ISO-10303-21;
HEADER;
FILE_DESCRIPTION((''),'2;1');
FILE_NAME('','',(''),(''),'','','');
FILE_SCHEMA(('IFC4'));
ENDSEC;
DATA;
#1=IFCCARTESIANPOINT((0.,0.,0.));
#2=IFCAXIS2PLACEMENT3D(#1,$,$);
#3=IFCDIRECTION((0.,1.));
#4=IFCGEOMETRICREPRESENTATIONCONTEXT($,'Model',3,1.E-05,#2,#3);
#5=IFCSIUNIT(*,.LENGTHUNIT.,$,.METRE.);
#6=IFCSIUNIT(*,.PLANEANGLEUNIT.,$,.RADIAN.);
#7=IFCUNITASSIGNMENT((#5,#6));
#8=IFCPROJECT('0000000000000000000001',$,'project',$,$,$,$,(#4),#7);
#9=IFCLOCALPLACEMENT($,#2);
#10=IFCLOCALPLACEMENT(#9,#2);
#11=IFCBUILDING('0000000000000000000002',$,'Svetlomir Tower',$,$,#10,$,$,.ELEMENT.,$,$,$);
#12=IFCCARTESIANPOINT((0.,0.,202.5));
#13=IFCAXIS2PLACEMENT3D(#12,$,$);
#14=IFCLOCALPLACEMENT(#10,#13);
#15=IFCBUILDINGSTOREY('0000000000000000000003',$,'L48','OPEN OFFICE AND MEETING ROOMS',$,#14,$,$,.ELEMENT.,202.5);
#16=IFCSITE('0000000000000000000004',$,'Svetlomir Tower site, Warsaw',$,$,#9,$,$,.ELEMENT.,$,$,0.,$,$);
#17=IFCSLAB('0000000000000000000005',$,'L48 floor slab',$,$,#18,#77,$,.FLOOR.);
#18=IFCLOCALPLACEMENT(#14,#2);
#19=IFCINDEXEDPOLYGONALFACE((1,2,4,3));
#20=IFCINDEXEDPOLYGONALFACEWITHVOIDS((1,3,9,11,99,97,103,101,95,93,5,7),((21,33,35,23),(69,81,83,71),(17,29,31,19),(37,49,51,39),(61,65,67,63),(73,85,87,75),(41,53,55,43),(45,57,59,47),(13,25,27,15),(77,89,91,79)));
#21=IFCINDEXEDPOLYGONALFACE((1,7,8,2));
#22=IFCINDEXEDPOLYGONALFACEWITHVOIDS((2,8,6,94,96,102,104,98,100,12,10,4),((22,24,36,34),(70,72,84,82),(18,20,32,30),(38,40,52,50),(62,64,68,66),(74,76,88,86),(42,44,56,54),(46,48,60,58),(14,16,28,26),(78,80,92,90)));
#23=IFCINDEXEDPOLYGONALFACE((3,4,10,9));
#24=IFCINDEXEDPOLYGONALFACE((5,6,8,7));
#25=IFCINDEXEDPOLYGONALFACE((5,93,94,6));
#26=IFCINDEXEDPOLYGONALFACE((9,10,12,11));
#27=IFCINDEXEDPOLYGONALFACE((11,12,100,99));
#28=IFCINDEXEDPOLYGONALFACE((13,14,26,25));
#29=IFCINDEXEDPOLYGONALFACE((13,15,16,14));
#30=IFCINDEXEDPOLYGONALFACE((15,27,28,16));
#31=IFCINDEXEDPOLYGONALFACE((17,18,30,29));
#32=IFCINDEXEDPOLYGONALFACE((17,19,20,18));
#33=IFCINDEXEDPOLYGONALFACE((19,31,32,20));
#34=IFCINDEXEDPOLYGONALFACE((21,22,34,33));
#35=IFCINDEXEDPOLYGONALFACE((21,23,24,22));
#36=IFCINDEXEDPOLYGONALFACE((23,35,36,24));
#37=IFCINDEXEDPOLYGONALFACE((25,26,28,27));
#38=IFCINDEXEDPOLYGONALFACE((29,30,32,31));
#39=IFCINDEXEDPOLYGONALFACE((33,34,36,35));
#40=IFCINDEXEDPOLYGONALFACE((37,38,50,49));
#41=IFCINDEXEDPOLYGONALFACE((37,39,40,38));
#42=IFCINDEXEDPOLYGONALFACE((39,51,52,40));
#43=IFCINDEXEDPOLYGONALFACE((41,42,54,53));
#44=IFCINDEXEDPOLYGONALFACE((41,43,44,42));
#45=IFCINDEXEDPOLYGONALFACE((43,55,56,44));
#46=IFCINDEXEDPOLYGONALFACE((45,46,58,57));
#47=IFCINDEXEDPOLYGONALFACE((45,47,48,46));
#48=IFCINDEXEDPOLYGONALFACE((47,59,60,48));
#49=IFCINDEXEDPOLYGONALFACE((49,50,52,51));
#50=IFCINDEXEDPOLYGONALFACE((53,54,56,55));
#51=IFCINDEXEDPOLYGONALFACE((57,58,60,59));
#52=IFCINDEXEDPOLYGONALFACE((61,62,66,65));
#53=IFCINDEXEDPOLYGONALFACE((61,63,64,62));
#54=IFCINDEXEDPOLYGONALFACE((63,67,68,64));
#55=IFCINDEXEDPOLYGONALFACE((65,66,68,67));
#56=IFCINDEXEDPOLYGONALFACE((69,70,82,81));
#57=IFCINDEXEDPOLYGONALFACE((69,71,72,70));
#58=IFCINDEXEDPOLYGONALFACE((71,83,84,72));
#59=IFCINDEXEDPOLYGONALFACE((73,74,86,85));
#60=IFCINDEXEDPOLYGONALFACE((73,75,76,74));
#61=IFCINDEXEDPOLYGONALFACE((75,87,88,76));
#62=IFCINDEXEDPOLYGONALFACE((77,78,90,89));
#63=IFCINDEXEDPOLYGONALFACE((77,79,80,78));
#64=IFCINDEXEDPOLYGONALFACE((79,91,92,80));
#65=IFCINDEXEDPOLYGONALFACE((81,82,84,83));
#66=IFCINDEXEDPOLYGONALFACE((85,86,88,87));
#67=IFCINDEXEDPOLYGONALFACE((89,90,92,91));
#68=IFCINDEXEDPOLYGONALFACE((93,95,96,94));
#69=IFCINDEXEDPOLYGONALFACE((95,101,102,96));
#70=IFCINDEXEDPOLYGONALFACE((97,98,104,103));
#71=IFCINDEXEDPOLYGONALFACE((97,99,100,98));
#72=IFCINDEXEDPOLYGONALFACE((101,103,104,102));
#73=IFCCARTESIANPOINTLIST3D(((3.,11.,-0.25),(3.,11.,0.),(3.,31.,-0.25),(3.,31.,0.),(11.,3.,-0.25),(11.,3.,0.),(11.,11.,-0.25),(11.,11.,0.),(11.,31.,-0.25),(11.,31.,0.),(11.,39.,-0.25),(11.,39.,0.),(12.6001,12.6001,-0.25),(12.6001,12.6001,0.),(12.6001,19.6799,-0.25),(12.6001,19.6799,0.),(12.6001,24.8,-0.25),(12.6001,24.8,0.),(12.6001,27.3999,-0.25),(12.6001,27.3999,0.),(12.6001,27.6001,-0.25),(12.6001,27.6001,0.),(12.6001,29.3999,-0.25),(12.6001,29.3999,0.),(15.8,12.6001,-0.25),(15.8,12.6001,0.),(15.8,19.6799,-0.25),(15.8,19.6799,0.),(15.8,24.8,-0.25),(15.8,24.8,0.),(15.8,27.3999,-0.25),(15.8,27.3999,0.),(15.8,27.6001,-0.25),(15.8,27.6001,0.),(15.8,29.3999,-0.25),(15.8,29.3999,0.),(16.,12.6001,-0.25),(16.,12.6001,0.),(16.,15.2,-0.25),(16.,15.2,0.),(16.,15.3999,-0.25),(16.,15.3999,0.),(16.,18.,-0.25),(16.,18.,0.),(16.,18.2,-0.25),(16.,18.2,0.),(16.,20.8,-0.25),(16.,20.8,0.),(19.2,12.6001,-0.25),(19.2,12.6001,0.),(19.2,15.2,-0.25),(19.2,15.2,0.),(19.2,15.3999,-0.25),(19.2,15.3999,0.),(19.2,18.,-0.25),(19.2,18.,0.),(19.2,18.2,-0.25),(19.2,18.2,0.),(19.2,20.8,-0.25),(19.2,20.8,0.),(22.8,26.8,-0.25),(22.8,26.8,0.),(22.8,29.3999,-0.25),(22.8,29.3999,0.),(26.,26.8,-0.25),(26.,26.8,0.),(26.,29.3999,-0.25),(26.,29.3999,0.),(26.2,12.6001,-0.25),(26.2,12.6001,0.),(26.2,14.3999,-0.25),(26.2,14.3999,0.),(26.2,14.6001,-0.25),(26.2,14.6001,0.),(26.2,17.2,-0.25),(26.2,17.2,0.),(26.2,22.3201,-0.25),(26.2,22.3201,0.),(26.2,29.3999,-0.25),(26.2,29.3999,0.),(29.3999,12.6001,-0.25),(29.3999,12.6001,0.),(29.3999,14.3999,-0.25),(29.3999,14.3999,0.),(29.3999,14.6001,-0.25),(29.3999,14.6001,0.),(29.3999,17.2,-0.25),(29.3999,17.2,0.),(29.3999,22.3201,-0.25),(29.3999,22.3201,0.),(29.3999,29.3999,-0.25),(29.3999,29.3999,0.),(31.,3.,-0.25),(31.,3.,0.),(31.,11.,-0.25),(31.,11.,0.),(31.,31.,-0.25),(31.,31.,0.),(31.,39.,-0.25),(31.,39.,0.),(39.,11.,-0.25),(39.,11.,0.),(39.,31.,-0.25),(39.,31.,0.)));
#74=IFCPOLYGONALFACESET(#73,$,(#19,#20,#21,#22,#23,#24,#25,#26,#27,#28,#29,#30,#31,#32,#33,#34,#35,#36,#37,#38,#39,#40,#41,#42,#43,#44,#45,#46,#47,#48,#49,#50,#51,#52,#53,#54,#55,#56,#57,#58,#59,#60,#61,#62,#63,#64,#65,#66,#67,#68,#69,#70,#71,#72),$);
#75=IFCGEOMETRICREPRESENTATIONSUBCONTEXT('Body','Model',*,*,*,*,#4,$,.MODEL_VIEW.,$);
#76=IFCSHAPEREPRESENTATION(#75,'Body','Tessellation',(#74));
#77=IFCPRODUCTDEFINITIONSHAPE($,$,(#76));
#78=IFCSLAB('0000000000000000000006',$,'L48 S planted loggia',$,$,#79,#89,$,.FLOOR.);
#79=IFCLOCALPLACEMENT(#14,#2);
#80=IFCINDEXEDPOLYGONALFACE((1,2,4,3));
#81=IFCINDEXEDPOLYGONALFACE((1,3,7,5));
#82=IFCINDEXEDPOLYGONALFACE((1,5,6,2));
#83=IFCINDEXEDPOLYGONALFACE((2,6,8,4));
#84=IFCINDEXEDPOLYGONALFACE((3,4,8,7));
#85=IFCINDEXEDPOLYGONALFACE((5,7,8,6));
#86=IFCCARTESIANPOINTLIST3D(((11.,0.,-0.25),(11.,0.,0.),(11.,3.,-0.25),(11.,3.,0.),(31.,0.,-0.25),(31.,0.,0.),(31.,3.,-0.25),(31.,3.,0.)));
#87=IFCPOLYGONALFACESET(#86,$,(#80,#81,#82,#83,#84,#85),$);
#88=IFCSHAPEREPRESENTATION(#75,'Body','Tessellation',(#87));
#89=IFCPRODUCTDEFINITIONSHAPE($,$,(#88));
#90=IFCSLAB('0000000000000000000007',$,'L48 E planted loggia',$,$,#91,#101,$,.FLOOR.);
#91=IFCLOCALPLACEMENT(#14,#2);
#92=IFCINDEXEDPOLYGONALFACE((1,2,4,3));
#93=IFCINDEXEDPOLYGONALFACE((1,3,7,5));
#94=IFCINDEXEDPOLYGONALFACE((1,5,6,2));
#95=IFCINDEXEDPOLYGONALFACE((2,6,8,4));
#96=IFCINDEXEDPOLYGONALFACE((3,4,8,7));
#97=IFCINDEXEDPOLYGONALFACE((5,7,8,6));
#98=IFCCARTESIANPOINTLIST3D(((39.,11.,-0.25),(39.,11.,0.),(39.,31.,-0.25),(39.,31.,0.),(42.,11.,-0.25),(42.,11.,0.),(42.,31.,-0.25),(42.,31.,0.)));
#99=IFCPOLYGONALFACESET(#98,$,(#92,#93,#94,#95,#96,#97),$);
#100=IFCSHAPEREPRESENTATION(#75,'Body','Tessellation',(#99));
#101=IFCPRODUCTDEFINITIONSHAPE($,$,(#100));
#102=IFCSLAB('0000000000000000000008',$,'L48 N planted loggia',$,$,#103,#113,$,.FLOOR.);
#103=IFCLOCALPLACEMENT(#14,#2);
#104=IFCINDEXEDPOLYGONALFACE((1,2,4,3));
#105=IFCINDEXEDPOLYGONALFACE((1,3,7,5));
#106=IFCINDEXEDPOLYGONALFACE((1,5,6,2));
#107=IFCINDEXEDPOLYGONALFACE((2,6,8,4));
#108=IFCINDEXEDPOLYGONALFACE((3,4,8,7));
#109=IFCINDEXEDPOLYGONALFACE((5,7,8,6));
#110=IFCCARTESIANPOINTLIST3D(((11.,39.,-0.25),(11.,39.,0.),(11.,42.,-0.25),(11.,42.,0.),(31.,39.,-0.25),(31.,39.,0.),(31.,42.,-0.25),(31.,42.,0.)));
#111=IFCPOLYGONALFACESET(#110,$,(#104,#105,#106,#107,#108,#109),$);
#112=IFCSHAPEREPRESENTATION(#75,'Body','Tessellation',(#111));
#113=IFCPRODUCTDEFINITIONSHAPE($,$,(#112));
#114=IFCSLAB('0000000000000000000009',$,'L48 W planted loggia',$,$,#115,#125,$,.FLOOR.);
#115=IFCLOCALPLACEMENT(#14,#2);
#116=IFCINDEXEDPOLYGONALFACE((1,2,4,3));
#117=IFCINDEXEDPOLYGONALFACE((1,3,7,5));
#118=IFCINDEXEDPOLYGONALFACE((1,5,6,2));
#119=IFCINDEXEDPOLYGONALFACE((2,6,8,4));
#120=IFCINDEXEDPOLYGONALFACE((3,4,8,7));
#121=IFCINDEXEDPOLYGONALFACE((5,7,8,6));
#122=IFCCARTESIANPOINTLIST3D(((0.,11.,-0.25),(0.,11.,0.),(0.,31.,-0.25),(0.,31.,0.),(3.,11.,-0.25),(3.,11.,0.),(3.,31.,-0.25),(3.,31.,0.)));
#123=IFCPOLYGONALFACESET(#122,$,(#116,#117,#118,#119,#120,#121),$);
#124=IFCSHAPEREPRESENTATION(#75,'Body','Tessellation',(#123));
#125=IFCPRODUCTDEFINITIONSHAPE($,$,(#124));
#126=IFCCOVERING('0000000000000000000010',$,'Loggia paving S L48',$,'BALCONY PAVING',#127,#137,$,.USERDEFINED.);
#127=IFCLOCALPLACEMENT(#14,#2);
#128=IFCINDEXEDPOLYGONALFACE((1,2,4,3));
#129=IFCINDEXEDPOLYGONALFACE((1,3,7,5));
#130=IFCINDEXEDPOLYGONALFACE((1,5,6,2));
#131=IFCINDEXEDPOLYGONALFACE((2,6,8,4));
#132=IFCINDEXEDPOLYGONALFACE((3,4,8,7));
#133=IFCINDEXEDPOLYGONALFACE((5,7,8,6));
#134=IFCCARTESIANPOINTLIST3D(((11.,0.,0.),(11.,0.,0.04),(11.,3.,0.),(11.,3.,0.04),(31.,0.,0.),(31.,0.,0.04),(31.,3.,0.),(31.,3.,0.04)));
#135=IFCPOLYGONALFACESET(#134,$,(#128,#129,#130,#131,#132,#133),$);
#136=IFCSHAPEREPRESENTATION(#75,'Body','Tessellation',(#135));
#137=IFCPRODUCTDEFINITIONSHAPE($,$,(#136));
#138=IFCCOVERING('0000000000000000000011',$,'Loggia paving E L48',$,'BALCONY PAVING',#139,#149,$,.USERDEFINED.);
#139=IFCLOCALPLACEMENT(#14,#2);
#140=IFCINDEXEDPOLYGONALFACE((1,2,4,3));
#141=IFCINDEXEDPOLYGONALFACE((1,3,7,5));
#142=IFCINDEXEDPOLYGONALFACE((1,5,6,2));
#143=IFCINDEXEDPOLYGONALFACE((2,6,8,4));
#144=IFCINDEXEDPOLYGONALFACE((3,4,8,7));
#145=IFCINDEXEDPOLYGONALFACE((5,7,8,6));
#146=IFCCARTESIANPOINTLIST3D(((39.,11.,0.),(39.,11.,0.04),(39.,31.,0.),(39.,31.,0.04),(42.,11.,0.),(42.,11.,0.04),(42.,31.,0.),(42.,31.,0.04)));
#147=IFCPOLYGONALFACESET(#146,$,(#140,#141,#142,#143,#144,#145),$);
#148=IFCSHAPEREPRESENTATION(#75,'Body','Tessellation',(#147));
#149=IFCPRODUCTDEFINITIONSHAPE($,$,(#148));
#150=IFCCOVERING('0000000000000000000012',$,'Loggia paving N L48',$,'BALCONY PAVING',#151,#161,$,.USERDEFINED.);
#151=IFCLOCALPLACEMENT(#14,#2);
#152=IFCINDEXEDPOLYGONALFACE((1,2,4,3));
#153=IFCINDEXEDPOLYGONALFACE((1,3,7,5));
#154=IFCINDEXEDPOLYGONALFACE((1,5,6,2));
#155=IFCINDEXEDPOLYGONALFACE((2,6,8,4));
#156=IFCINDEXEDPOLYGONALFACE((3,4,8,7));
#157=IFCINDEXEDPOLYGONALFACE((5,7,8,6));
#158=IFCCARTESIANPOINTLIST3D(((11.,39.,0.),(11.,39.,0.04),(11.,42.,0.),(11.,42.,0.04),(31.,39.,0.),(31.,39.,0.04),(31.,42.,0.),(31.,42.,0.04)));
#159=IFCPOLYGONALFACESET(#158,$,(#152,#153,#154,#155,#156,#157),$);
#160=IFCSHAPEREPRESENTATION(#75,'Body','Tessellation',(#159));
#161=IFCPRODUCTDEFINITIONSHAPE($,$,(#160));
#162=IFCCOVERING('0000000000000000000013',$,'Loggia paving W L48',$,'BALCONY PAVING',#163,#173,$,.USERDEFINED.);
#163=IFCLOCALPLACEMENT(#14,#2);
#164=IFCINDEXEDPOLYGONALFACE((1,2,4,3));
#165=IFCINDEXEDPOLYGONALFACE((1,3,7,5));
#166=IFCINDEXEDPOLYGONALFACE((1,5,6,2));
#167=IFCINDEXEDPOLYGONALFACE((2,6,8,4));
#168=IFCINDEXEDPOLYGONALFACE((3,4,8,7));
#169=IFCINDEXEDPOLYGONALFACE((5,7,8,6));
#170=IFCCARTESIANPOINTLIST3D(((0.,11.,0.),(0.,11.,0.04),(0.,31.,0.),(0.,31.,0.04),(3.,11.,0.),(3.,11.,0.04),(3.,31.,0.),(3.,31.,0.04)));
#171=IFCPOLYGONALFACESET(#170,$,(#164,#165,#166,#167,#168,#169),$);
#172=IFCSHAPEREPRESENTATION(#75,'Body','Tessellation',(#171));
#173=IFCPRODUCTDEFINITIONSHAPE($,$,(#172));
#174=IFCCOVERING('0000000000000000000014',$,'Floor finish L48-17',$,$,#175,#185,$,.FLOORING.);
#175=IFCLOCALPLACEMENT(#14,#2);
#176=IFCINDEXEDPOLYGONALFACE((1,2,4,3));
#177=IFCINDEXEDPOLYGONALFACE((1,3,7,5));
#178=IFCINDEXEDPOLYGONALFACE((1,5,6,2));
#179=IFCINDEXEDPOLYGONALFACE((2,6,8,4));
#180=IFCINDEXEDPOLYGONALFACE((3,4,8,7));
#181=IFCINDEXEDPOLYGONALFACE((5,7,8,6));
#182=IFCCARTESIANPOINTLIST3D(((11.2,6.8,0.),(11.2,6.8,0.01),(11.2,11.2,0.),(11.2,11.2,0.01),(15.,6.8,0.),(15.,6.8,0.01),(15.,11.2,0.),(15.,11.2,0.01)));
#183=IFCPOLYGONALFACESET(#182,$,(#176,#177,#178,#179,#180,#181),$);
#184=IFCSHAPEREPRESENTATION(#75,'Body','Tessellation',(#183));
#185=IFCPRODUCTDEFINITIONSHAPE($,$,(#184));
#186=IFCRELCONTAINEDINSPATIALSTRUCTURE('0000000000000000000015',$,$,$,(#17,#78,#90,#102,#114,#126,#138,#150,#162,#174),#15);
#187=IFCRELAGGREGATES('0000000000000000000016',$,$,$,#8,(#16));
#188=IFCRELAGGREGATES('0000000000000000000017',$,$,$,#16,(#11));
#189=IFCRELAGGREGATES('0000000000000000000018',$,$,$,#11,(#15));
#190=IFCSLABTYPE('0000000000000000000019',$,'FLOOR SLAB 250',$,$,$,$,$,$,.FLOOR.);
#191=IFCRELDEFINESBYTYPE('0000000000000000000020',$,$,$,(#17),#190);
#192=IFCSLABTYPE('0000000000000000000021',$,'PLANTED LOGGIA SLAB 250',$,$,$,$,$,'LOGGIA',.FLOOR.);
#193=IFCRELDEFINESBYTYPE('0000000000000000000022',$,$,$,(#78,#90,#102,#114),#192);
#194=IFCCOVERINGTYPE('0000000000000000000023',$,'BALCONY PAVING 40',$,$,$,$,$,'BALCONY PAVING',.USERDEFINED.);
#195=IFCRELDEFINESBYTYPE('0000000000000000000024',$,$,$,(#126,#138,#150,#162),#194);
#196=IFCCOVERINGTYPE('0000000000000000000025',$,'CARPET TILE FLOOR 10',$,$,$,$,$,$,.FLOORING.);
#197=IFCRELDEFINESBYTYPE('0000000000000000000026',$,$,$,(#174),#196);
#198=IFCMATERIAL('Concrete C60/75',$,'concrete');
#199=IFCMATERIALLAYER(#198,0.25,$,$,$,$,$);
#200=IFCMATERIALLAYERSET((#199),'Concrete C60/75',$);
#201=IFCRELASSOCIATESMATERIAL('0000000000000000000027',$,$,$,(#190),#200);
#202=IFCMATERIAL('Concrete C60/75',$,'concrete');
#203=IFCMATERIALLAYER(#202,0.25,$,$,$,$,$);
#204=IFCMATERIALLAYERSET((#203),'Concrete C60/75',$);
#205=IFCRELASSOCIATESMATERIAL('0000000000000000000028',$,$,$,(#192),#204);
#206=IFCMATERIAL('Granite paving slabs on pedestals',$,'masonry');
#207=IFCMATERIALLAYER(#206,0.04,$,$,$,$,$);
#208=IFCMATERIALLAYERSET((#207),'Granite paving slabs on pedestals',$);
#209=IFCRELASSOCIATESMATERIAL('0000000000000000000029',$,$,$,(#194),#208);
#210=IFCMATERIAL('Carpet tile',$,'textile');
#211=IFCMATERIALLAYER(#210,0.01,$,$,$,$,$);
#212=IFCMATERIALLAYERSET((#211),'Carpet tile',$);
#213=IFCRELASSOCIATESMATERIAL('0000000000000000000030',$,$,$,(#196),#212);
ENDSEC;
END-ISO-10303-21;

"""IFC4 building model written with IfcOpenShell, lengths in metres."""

from ifc_helpers import new_model, si_unit, direction, frame, origin, place, context, subcontext, project, spatial, polyline, outline, extrude, material, layer, layer_set, type_object, element, save


model = new_model("IFC4")

# Units and contexts
model_context = context("Model", 3, precision=1e-05, world=origin(), true_north=direction((0.0, 1.0)))
body_context = subcontext(model_context, "Body", "Model", "MODEL_VIEW")
ifc_project = project(units=[si_unit("LENGTHUNIT", "METRE"), si_unit("PLANEANGLEUNIT", "RADIAN")], contexts=[model_context])

# Site, building, storey
site_placement = place(None, origin())
site = spatial("IfcSite", under=ifc_project, at=site_placement, Name="Svetlomir Tower site, Warsaw", CompositionType="ELEMENT", RefElevation=0.0)
building_placement = place(site_placement, origin())
building = spatial("IfcBuilding", under=site, at=building_placement, Name="Svetlomir Tower", CompositionType="ELEMENT")
storey_placement = place(building_placement, frame((0.0, 0.0, 202.5)))
storey = spatial("IfcBuildingStorey", under=building, at=storey_placement, Name="L48", Description="OPEN OFFICE AND MEETING ROOMS", CompositionType="ELEMENT", Elevation=202.5)

# Slabs
ifc_material_1 = material(Name="Concrete C60/75", Category="concrete")
ifc_layer_1 = layer(ifc_material_1, 0.25)
ifc_layer_set_1 = layer_set([ifc_layer_1], Name="Concrete C60/75")
slab_type_1 = type_object("IfcSlabType", Name="FLOOR SLAB 250", PredefinedType="FLOOR", material=ifc_layer_set_1)
slab_1_placement = place(storey_placement, frame((0.0, 0.0, -0.25)))
element("IfcSlab", 1, at=slab_1_placement, inside=storey, type_object=slab_type_1, Name="L48 floor slab", PredefinedType="FLOOR", context=body_context, shape_type="SweptSolid", body=[
    extrude(outline(polyline([(11.0, 3.0), (31.0, 3.0), (31.0, 11.0), (39.0, 11.0), (39.0, 31.0), (31.0, 31.0), (31.0, 39.0), (11.0, 39.0), (11.0, 31.0), (3.0, 31.0), (3.0, 11.0), (11.0, 11.0), (11.0, 3.0)]), holes=[polyline([(12.6001, 24.8), (15.8, 24.8), (15.8, 27.3999), (12.6001, 27.3999), (12.6001, 24.8)]), polyline([(26.2, 14.6001), (29.3999, 14.6001), (29.3999, 17.2), (26.2, 17.2), (26.2, 14.6001)]), polyline([(16.0, 12.6001), (19.2, 12.6001), (19.2, 15.2), (16.0, 15.2), (16.0, 12.6001)]), polyline([(16.0, 15.3999), (19.2, 15.3999), (19.2, 18.0), (16.0, 18.0), (16.0, 15.3999)]), polyline([(16.0, 18.2), (19.2, 18.2), (19.2, 20.8), (16.0, 20.8), (16.0, 18.2)]), polyline([(22.8, 26.8), (26.0, 26.8), (26.0, 29.3999), (22.8, 29.3999), (22.8, 26.8)]), polyline([(12.6001, 27.6001), (15.8, 27.6001), (15.8, 29.3999), (12.6001, 29.3999), (12.6001, 27.6001)]), polyline([(26.2, 12.6001), (29.3999, 12.6001), (29.3999, 14.3999), (26.2, 14.3999), (26.2, 12.6001)]), polyline([(12.6001, 12.6001), (15.8, 12.6001), (15.8, 19.6799), (12.6001, 19.6799), (12.6001, 12.6001)]), polyline([(26.2, 22.3201), (29.3999, 22.3201), (29.3999, 29.3999), (26.2, 29.3999), (26.2, 22.3201)])]), origin(), (0.0, 0.0, 1.0), 0.25),
])
ifc_material_2 = material(Name="Concrete C60/75", Category="concrete")
ifc_layer_2 = layer(ifc_material_2, 0.25)
ifc_layer_set_2 = layer_set([ifc_layer_2], Name="Concrete C60/75")
slab_type_2 = type_object("IfcSlabType", Name="PLANTED LOGGIA SLAB 250", ElementType="LOGGIA", PredefinedType="FLOOR", material=ifc_layer_set_2)
slab_2_placement = place(storey_placement, frame((0.0, 0.0, -0.25)))
element("IfcSlab", 2, at=slab_2_placement, inside=storey, type_object=slab_type_2, Name="L48 S planted loggia", PredefinedType="FLOOR", context=body_context, shape_type="SweptSolid", body=[
    extrude(outline(polyline([(11.0, 0.0), (31.0, 0.0), (31.0, 3.0), (11.0, 3.0), (11.0, 0.0)])), origin(), (0.0, 0.0, 1.0), 0.25),
])
slab_3_placement = place(storey_placement, frame((0.0, 0.0, -0.25)))
element("IfcSlab", 3, at=slab_3_placement, inside=storey, type_object=slab_type_2, Name="L48 E planted loggia", PredefinedType="FLOOR", context=body_context, shape_type="SweptSolid", body=[
    extrude(outline(polyline([(39.0, 11.0), (42.0, 11.0), (42.0, 31.0), (39.0, 31.0), (39.0, 11.0)])), origin(), (0.0, 0.0, 1.0), 0.25),
])
slab_4_placement = place(storey_placement, frame((0.0, 0.0, -0.25)))
element("IfcSlab", 4, at=slab_4_placement, inside=storey, type_object=slab_type_2, Name="L48 N planted loggia", PredefinedType="FLOOR", context=body_context, shape_type="SweptSolid", body=[
    extrude(outline(polyline([(11.0, 39.0), (31.0, 39.0), (31.0, 42.0), (11.0, 42.0), (11.0, 39.0)])), origin(), (0.0, 0.0, 1.0), 0.25),
])
slab_5_placement = place(storey_placement, frame((0.0, 0.0, -0.25)))
element("IfcSlab", 5, at=slab_5_placement, inside=storey, type_object=slab_type_2, Name="L48 W planted loggia", PredefinedType="FLOOR", context=body_context, shape_type="SweptSolid", body=[
    extrude(outline(polyline([(0.0, 11.0), (3.0, 11.0), (3.0, 31.0), (0.0, 31.0), (0.0, 11.0)])), origin(), (0.0, 0.0, 1.0), 0.25),
])

# Coverings
ifc_material_3 = material(Name="Granite paving slabs on pedestals", Category="masonry")
ifc_layer_3 = layer(ifc_material_3, 0.04)
ifc_layer_set_3 = layer_set([ifc_layer_3], Name="Granite paving slabs on pedestals")
covering_type_1 = type_object("IfcCoveringType", Name="BALCONY PAVING 40", ElementType="BALCONY PAVING", PredefinedType="USERDEFINED", material=ifc_layer_set_3)
covering_1_placement = place(storey_placement, origin())
element("IfcCovering", 6, at=covering_1_placement, inside=storey, type_object=covering_type_1, Name="Loggia paving S L48", ObjectType="BALCONY PAVING", PredefinedType="USERDEFINED", context=body_context, shape_type="SweptSolid", body=[
    extrude(outline(polyline([(11.0, 0.0), (31.0, 0.0), (31.0, 3.0), (11.0, 3.0), (11.0, 0.0)])), origin(), (0.0, 0.0, 1.0), 0.04),
])
covering_2_placement = place(storey_placement, origin())
element("IfcCovering", 7, at=covering_2_placement, inside=storey, type_object=covering_type_1, Name="Loggia paving E L48", ObjectType="BALCONY PAVING", PredefinedType="USERDEFINED", context=body_context, shape_type="SweptSolid", body=[
    extrude(outline(polyline([(39.0, 11.0), (42.0, 11.0), (42.0, 31.0), (39.0, 31.0), (39.0, 11.0)])), origin(), (0.0, 0.0, 1.0), 0.04),
])
covering_3_placement = place(storey_placement, origin())
element("IfcCovering", 8, at=covering_3_placement, inside=storey, type_object=covering_type_1, Name="Loggia paving N L48", ObjectType="BALCONY PAVING", PredefinedType="USERDEFINED", context=body_context, shape_type="SweptSolid", body=[
    extrude(outline(polyline([(11.0, 39.0), (31.0, 39.0), (31.0, 42.0), (11.0, 42.0), (11.0, 39.0)])), origin(), (0.0, 0.0, 1.0), 0.04),
])
covering_4_placement = place(storey_placement, origin())
element("IfcCovering", 9, at=covering_4_placement, inside=storey, type_object=covering_type_1, Name="Loggia paving W L48", ObjectType="BALCONY PAVING", PredefinedType="USERDEFINED", context=body_context, shape_type="SweptSolid", body=[
    extrude(outline(polyline([(0.0, 11.0), (3.0, 11.0), (3.0, 31.0), (0.0, 31.0), (0.0, 11.0)])), origin(), (0.0, 0.0, 1.0), 0.04),
])
ifc_material_4 = material(Name="Carpet tile", Category="textile")
ifc_layer_4 = layer(ifc_material_4, 0.01)
ifc_layer_set_4 = layer_set([ifc_layer_4], Name="Carpet tile")
covering_type_2 = type_object("IfcCoveringType", Name="CARPET TILE FLOOR 10", PredefinedType="FLOORING", material=ifc_layer_set_4)
covering_5_placement = place(storey_placement, origin())
element("IfcCovering", 10, at=covering_5_placement, inside=storey, type_object=covering_type_2, Name="Floor finish L48-17", PredefinedType="FLOORING", context=body_context, shape_type="SweptSolid", body=[
    extrude(outline(polyline([(11.2, 6.8), (15.0, 6.8), (15.0, 11.2), (11.2, 11.2), (11.2, 6.8)])), origin(), (0.0, 0.0, 1.0), 0.01),
])

save(model, "model.ifc")
